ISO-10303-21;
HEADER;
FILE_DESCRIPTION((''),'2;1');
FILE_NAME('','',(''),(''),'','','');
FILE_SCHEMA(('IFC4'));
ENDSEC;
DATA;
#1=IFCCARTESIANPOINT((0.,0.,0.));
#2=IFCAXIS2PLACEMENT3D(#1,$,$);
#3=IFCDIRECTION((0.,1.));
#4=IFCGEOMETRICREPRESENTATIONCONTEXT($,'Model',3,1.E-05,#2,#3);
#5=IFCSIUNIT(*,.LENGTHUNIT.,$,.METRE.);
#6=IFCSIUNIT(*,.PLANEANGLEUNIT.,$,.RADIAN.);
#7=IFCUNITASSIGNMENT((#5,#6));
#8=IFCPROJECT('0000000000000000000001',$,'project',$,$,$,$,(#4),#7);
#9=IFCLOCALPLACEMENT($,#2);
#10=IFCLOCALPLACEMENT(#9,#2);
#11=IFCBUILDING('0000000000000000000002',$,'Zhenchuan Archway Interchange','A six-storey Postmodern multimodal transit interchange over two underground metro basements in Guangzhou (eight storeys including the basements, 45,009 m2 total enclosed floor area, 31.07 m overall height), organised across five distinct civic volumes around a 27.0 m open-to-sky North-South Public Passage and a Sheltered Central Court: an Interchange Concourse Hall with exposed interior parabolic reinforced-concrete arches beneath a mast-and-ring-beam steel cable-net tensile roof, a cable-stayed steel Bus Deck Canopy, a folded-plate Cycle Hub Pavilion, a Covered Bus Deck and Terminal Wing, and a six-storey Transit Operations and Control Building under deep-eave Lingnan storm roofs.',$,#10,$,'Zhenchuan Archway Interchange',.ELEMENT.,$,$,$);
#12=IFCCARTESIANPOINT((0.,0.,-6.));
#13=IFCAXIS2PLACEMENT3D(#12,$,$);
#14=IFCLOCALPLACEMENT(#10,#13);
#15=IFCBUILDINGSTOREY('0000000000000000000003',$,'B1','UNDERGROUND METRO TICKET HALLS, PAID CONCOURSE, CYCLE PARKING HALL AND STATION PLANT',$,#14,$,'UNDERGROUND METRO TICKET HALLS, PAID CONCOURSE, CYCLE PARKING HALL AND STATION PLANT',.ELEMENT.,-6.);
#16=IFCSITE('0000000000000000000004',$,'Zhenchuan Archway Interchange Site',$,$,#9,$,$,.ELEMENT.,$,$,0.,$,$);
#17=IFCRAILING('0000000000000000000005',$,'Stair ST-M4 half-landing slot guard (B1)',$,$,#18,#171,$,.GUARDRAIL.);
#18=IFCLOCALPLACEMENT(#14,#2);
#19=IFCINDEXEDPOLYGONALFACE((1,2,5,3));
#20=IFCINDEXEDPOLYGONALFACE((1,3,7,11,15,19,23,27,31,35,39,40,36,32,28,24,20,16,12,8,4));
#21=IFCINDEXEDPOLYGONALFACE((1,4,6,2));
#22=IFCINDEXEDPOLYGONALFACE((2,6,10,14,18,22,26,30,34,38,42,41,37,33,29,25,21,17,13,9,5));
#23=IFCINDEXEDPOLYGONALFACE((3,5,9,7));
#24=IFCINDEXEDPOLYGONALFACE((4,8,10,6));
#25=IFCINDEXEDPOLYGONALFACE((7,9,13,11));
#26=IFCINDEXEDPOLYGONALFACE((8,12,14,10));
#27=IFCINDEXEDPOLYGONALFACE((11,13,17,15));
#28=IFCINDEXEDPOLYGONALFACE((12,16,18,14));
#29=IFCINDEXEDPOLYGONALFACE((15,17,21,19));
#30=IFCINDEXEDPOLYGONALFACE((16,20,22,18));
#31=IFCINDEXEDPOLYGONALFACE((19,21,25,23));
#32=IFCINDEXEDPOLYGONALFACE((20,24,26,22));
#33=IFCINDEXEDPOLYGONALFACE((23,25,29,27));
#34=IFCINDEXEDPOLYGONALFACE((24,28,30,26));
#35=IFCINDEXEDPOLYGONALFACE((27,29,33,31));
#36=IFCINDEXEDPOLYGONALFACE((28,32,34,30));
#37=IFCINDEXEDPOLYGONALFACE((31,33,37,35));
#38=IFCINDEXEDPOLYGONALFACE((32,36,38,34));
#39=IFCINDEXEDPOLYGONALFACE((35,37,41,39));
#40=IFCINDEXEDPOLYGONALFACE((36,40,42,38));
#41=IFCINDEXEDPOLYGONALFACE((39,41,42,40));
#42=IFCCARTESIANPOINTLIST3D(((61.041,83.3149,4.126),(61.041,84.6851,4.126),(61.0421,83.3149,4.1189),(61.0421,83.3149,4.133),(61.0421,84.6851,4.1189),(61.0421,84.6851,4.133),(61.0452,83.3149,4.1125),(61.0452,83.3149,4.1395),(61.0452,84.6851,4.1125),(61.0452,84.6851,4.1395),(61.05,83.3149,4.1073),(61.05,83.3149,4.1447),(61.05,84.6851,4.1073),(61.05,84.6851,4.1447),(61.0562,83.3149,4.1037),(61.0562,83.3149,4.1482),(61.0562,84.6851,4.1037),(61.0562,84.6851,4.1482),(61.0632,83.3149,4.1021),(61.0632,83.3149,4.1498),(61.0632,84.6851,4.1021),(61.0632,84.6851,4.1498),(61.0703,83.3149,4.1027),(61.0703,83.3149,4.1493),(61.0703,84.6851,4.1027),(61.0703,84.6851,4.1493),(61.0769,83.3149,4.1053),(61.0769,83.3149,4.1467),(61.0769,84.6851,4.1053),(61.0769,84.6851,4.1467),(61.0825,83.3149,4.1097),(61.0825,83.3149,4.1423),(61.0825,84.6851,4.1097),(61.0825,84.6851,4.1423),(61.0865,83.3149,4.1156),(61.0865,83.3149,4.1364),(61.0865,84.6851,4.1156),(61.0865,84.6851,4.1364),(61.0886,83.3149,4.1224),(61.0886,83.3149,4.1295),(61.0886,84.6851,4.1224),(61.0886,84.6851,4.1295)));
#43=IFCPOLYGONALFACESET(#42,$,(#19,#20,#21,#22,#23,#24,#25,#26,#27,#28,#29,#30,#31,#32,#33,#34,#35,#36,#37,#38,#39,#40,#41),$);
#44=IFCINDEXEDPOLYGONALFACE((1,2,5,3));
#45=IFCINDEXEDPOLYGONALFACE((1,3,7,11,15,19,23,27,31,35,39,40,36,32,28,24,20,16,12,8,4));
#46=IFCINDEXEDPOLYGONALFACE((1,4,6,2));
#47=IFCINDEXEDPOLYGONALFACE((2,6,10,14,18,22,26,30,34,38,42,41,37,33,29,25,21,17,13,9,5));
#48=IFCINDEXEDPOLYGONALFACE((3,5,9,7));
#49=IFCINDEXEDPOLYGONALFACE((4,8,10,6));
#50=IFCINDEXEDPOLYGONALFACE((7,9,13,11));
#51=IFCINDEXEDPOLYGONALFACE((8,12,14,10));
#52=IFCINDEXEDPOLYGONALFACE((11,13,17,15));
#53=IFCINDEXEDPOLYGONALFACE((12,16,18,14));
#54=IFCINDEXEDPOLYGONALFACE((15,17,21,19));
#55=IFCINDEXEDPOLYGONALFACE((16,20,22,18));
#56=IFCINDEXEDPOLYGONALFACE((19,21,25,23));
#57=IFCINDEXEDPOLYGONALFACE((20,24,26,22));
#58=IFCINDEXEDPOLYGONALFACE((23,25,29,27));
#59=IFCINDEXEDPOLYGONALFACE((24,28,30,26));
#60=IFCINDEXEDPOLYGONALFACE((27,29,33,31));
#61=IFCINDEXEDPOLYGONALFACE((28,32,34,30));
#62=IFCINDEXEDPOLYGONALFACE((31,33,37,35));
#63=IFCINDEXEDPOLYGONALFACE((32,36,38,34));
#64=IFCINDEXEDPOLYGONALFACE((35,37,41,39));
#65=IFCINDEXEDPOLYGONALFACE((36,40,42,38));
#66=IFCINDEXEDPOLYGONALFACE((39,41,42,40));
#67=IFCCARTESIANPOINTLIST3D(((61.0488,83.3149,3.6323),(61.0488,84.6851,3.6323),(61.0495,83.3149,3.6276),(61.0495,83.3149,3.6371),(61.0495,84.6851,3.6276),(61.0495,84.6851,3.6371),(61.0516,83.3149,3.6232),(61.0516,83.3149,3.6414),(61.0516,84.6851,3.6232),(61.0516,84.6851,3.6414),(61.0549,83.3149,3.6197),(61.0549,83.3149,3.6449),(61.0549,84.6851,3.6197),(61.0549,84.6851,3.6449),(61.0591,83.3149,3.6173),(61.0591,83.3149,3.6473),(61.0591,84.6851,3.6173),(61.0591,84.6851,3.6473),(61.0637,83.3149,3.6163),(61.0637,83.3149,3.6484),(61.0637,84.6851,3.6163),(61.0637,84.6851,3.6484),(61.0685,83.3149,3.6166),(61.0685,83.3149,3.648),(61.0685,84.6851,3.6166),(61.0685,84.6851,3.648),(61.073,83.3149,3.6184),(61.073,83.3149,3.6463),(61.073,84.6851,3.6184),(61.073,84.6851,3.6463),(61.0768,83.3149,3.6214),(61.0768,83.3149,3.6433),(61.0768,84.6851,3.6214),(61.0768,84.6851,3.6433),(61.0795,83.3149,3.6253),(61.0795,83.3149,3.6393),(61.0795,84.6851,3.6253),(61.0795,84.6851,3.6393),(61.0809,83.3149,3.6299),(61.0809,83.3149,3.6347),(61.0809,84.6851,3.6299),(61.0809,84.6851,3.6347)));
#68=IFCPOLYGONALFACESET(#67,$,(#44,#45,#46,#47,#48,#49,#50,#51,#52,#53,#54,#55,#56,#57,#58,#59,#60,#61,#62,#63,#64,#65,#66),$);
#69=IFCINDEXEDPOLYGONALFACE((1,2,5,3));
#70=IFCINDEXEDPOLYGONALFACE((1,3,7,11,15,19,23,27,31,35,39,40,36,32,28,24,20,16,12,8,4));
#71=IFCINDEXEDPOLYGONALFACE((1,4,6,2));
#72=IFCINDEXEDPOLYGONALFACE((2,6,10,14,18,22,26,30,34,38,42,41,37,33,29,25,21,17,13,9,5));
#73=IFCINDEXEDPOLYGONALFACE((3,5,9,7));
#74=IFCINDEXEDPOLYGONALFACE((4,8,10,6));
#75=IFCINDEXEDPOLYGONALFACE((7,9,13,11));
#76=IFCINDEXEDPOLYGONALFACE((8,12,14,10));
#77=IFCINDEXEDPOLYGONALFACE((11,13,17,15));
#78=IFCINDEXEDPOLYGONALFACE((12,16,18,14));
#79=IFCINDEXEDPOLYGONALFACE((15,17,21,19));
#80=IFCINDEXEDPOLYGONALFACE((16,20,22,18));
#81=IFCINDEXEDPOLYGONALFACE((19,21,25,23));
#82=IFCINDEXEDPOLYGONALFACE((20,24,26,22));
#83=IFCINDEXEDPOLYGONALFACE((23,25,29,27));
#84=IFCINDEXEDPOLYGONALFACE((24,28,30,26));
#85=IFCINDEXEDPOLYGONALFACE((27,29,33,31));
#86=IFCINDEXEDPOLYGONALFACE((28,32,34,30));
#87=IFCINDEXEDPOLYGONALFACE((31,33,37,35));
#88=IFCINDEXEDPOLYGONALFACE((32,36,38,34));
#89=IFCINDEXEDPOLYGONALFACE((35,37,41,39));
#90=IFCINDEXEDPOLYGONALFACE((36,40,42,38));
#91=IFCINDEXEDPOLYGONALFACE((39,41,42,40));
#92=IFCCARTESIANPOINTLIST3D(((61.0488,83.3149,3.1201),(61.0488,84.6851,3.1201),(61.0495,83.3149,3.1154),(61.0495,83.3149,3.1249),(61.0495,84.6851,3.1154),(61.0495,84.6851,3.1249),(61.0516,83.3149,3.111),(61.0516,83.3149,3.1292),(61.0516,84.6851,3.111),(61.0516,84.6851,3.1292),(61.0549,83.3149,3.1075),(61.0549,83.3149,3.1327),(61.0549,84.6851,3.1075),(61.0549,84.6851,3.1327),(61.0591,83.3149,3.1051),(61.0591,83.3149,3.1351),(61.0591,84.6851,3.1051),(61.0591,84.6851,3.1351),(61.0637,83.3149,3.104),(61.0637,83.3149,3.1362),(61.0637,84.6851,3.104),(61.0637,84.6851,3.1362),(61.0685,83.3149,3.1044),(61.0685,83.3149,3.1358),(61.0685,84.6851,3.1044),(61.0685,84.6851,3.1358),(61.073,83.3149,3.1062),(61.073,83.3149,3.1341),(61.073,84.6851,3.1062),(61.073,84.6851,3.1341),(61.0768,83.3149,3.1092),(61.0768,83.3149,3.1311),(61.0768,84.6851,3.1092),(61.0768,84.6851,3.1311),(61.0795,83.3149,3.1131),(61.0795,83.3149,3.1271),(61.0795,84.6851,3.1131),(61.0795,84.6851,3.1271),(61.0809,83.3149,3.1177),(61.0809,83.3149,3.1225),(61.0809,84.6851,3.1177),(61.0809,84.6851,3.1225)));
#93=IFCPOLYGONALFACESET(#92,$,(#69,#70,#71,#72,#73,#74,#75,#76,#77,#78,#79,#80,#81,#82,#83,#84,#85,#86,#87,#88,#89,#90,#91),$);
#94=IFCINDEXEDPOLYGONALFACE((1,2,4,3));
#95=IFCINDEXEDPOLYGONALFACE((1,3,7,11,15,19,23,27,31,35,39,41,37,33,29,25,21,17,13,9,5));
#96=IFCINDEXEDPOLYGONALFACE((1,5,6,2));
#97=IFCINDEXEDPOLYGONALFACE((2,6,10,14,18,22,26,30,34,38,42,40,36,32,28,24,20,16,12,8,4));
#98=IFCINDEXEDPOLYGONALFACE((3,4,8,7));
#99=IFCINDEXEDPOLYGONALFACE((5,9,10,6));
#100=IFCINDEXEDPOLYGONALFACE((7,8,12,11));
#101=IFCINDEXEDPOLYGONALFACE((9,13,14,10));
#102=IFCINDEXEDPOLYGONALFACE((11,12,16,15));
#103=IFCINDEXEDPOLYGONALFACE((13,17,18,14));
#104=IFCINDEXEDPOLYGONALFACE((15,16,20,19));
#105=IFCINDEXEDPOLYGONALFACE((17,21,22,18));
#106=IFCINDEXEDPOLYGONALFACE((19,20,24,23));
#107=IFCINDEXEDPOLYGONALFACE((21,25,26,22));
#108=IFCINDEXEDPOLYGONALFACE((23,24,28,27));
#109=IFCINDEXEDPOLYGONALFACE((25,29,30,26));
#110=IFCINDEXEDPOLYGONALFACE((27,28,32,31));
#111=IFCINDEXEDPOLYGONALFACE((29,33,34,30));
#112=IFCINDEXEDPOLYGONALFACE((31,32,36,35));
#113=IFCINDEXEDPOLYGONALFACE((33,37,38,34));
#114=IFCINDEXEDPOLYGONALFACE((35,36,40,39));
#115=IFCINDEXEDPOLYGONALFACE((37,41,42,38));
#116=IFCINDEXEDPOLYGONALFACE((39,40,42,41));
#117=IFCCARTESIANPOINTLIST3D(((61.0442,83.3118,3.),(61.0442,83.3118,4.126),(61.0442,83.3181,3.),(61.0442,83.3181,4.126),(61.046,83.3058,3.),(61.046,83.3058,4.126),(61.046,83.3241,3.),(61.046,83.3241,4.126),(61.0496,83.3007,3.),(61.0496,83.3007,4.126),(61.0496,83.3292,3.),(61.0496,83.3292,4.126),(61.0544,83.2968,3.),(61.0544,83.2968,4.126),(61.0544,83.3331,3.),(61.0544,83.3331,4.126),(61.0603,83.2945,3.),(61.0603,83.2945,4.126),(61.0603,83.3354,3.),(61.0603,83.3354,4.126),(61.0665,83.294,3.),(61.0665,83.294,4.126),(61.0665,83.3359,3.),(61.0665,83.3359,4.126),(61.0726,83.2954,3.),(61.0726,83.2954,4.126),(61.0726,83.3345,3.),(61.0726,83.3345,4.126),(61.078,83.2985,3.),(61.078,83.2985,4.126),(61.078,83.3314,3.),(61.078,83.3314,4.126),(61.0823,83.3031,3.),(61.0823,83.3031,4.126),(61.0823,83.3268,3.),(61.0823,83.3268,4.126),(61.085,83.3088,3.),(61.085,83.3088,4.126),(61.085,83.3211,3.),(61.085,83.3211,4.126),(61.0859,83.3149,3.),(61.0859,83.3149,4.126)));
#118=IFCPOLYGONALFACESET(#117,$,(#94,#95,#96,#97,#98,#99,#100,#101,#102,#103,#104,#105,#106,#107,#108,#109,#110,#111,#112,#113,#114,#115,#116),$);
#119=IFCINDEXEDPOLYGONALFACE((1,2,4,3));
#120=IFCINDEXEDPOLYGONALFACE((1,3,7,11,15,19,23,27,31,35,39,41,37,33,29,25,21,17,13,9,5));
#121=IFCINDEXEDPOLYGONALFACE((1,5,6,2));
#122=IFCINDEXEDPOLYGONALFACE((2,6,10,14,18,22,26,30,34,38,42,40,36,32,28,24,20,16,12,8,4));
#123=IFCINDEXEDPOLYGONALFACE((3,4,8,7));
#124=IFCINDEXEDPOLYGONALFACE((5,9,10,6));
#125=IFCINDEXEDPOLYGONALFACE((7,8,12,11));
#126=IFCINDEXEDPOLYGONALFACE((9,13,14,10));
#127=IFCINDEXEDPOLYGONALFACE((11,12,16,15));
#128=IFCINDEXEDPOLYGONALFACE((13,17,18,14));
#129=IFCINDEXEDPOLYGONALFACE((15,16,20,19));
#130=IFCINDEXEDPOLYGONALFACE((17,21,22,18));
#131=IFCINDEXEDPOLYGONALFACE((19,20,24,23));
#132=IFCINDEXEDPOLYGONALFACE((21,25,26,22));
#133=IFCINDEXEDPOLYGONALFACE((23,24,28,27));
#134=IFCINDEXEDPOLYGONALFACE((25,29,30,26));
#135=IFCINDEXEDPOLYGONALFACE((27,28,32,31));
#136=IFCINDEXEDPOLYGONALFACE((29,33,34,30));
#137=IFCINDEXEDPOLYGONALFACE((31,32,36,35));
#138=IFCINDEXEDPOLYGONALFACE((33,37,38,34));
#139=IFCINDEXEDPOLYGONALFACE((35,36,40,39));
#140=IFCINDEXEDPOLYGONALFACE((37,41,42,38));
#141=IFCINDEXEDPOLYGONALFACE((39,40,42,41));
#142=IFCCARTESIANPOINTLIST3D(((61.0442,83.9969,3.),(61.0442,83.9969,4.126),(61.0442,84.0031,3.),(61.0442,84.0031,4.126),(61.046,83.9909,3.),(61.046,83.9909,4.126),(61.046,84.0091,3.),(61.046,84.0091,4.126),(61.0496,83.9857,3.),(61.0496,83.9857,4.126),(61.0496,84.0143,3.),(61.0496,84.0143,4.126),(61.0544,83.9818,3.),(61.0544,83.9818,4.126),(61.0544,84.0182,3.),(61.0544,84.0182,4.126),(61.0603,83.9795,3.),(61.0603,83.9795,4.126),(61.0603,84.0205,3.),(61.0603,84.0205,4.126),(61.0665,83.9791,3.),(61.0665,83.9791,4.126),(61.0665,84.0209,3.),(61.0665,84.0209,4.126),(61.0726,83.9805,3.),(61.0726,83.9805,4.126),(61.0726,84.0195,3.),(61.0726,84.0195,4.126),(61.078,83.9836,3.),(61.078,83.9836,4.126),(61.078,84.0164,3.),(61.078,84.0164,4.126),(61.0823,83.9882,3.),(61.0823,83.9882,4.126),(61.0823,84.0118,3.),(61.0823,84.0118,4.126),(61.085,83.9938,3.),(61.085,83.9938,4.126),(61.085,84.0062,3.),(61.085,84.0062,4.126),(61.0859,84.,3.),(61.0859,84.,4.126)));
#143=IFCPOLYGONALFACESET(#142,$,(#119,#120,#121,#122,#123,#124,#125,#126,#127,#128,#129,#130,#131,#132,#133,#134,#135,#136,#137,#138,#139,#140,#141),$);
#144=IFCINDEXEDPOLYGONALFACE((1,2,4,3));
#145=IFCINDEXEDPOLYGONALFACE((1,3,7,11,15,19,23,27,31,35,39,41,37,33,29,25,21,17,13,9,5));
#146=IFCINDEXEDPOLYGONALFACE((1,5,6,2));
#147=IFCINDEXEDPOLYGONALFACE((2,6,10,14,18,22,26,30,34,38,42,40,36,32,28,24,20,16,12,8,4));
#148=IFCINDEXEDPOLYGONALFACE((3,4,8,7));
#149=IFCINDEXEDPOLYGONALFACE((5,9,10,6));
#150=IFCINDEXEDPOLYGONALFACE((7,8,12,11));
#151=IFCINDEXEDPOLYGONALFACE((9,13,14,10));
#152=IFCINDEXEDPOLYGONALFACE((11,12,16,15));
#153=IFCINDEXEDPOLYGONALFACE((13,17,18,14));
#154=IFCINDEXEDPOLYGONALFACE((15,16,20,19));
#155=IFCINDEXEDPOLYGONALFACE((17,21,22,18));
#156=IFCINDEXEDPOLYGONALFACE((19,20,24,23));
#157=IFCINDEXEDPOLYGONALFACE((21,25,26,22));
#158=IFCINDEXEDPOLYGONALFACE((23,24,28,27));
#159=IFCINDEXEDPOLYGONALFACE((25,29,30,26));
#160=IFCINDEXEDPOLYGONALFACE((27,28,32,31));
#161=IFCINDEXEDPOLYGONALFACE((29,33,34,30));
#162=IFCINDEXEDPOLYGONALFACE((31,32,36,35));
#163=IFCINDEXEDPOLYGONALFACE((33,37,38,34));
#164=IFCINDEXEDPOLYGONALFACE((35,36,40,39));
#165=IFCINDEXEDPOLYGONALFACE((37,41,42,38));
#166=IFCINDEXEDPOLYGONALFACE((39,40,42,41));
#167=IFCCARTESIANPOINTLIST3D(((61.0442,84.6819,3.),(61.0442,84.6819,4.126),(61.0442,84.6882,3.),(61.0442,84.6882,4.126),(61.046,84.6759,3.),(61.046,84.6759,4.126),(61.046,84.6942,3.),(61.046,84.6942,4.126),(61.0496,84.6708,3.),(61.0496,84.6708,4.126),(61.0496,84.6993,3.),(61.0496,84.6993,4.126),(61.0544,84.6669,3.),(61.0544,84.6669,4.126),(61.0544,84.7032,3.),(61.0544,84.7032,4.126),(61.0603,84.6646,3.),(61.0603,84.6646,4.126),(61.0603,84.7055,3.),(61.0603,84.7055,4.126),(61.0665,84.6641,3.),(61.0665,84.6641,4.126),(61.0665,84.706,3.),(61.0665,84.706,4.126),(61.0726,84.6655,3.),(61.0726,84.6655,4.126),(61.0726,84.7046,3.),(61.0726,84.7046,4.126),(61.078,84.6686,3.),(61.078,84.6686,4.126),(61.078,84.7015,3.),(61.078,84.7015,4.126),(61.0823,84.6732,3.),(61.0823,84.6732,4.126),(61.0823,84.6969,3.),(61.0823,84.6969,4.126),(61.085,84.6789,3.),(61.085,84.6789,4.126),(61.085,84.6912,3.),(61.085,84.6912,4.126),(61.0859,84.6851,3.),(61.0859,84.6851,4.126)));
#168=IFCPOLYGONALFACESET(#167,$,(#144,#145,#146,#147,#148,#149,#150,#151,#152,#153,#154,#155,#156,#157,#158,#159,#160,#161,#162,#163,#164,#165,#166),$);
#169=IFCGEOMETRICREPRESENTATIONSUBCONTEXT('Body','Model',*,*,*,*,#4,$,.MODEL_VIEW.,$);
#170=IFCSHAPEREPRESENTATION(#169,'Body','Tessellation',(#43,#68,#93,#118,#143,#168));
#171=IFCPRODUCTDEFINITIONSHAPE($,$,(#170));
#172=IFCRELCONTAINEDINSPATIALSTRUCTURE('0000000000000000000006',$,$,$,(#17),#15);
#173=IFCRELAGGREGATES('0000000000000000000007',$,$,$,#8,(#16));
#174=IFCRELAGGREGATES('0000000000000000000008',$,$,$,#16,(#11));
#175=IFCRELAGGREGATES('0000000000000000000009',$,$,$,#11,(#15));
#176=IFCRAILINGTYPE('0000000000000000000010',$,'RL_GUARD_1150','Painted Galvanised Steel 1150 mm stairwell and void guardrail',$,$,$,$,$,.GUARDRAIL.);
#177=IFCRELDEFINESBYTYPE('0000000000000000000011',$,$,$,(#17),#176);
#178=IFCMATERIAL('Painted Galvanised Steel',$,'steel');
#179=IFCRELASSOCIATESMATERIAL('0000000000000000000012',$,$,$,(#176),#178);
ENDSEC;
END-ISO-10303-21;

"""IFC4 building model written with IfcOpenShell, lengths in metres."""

from ifc_helpers import new_model, si_unit, direction, frame, origin, origin_2d, place, context, subcontext, project, spatial, circle, extrude, material, type_object, element, save


model = new_model("IFC4")

# Units and contexts
model_context = context("Model", 3, precision=1e-05, world=origin(), true_north=direction((0.0, 1.0)))
body_context = subcontext(model_context, "Body", "Model", "MODEL_VIEW")
ifc_project = project(units=[si_unit("LENGTHUNIT", "METRE"), si_unit("PLANEANGLEUNIT", "RADIAN")], contexts=[model_context])

# Site, building, storey
site_placement = place(None, origin())
site = spatial("IfcSite", under=ifc_project, at=site_placement, Name="Zhenchuan Archway Interchange Site", CompositionType="ELEMENT", RefElevation=0.0)
building_placement = place(site_placement, origin())
building = spatial("IfcBuilding", under=site, at=building_placement, Name="Zhenchuan Archway Interchange", Description="A six-storey Postmodern multimodal transit interchange over two underground metro basements in Guangzhou (eight storeys including the basements, 45,009 m2 total enclosed floor area, 31.07 m overall height), organised across five distinct civic volumes around a 27.0 m open-to-sky North-South Public Passage and a Sheltered Central Court: an Interchange Concourse Hall with exposed interior parabolic reinforced-concrete arches beneath a mast-and-ring-beam steel cable-net tensile roof, a cable-stayed steel Bus Deck Canopy, a folded-plate Cycle Hub Pavilion, a Covered Bus Deck and Terminal Wing, and a six-storey Transit Operations and Control Building under deep-eave Lingnan storm roofs.", LongName="Zhenchuan Archway Interchange", CompositionType="ELEMENT")
storey_placement = place(building_placement, frame((0.0, 0.0, -6.0)))
storey = spatial("IfcBuildingStorey", under=building, at=storey_placement, Name="B1", Description="UNDERGROUND METRO TICKET HALLS, PAID CONCOURSE, CYCLE PARKING HALL AND STATION PLANT", LongName="UNDERGROUND METRO TICKET HALLS, PAID CONCOURSE, CYCLE PARKING HALL AND STATION PLANT", CompositionType="ELEMENT", Elevation=-6.0)

# Shared definitions
ifc_material_1 = material(Name="Painted Galvanised Steel", Category="steel")

# Railing
railing_type_1 = type_object("IfcRailingType", Name="RL_GUARD_1150", Description="Painted Galvanised Steel 1150 mm stairwell and void guardrail", PredefinedType="GUARDRAIL", material=ifc_material_1)
for number, where, name in (
    (1, (61.0649, 83.3149, 3.0), "Stair ST-M4 half-landing slot guard (B1)"),
):
    element("IfcRailing", number, at=place(storey_placement, frame(where)), inside=storey, type_object=railing_type_1, Name=name, PredefinedType="GUARDRAIL", context=body_context, shape_type="SweptSolid", body=[
        extrude(circle(Radius=0.0239, at=origin_2d()), frame((0.0, 0.0, 1.126), z_axis=(0.0, 1.0, 0.0), x_axis=(-1.0, 0.0, 0.0)), (0.0, 0.0, 1.0), 1.3701),
        extrude(circle(Radius=0.0161, at=origin_2d()), frame((0.0, 0.0, 0.6323), z_axis=(0.0, 1.0, 0.0), x_axis=(-1.0, 0.0, 0.0)), (0.0, 0.0, 1.0), 1.3701),
        extrude(circle(Radius=0.0161, at=origin_2d()), frame((0.0, 0.0, 0.1201), z_axis=(0.0, 1.0, 0.0), x_axis=(-1.0, 0.0, 0.0)), (0.0, 0.0, 1.0), 1.3701),
        extrude(circle(Radius=0.021, at=origin_2d()), origin(), (0.0, 0.0, 1.0), 1.126),
        extrude(circle(Radius=0.021, at=origin_2d()), frame((0.0, 0.6851, 0.0)), (0.0, 0.0, 1.0), 1.126),
        extrude(circle(Radius=0.021, at=origin_2d()), frame((0.0, 1.3701, 0.0)), (0.0, 0.0, 1.0), 1.126),
    ])

save(model, "model.ifc")
